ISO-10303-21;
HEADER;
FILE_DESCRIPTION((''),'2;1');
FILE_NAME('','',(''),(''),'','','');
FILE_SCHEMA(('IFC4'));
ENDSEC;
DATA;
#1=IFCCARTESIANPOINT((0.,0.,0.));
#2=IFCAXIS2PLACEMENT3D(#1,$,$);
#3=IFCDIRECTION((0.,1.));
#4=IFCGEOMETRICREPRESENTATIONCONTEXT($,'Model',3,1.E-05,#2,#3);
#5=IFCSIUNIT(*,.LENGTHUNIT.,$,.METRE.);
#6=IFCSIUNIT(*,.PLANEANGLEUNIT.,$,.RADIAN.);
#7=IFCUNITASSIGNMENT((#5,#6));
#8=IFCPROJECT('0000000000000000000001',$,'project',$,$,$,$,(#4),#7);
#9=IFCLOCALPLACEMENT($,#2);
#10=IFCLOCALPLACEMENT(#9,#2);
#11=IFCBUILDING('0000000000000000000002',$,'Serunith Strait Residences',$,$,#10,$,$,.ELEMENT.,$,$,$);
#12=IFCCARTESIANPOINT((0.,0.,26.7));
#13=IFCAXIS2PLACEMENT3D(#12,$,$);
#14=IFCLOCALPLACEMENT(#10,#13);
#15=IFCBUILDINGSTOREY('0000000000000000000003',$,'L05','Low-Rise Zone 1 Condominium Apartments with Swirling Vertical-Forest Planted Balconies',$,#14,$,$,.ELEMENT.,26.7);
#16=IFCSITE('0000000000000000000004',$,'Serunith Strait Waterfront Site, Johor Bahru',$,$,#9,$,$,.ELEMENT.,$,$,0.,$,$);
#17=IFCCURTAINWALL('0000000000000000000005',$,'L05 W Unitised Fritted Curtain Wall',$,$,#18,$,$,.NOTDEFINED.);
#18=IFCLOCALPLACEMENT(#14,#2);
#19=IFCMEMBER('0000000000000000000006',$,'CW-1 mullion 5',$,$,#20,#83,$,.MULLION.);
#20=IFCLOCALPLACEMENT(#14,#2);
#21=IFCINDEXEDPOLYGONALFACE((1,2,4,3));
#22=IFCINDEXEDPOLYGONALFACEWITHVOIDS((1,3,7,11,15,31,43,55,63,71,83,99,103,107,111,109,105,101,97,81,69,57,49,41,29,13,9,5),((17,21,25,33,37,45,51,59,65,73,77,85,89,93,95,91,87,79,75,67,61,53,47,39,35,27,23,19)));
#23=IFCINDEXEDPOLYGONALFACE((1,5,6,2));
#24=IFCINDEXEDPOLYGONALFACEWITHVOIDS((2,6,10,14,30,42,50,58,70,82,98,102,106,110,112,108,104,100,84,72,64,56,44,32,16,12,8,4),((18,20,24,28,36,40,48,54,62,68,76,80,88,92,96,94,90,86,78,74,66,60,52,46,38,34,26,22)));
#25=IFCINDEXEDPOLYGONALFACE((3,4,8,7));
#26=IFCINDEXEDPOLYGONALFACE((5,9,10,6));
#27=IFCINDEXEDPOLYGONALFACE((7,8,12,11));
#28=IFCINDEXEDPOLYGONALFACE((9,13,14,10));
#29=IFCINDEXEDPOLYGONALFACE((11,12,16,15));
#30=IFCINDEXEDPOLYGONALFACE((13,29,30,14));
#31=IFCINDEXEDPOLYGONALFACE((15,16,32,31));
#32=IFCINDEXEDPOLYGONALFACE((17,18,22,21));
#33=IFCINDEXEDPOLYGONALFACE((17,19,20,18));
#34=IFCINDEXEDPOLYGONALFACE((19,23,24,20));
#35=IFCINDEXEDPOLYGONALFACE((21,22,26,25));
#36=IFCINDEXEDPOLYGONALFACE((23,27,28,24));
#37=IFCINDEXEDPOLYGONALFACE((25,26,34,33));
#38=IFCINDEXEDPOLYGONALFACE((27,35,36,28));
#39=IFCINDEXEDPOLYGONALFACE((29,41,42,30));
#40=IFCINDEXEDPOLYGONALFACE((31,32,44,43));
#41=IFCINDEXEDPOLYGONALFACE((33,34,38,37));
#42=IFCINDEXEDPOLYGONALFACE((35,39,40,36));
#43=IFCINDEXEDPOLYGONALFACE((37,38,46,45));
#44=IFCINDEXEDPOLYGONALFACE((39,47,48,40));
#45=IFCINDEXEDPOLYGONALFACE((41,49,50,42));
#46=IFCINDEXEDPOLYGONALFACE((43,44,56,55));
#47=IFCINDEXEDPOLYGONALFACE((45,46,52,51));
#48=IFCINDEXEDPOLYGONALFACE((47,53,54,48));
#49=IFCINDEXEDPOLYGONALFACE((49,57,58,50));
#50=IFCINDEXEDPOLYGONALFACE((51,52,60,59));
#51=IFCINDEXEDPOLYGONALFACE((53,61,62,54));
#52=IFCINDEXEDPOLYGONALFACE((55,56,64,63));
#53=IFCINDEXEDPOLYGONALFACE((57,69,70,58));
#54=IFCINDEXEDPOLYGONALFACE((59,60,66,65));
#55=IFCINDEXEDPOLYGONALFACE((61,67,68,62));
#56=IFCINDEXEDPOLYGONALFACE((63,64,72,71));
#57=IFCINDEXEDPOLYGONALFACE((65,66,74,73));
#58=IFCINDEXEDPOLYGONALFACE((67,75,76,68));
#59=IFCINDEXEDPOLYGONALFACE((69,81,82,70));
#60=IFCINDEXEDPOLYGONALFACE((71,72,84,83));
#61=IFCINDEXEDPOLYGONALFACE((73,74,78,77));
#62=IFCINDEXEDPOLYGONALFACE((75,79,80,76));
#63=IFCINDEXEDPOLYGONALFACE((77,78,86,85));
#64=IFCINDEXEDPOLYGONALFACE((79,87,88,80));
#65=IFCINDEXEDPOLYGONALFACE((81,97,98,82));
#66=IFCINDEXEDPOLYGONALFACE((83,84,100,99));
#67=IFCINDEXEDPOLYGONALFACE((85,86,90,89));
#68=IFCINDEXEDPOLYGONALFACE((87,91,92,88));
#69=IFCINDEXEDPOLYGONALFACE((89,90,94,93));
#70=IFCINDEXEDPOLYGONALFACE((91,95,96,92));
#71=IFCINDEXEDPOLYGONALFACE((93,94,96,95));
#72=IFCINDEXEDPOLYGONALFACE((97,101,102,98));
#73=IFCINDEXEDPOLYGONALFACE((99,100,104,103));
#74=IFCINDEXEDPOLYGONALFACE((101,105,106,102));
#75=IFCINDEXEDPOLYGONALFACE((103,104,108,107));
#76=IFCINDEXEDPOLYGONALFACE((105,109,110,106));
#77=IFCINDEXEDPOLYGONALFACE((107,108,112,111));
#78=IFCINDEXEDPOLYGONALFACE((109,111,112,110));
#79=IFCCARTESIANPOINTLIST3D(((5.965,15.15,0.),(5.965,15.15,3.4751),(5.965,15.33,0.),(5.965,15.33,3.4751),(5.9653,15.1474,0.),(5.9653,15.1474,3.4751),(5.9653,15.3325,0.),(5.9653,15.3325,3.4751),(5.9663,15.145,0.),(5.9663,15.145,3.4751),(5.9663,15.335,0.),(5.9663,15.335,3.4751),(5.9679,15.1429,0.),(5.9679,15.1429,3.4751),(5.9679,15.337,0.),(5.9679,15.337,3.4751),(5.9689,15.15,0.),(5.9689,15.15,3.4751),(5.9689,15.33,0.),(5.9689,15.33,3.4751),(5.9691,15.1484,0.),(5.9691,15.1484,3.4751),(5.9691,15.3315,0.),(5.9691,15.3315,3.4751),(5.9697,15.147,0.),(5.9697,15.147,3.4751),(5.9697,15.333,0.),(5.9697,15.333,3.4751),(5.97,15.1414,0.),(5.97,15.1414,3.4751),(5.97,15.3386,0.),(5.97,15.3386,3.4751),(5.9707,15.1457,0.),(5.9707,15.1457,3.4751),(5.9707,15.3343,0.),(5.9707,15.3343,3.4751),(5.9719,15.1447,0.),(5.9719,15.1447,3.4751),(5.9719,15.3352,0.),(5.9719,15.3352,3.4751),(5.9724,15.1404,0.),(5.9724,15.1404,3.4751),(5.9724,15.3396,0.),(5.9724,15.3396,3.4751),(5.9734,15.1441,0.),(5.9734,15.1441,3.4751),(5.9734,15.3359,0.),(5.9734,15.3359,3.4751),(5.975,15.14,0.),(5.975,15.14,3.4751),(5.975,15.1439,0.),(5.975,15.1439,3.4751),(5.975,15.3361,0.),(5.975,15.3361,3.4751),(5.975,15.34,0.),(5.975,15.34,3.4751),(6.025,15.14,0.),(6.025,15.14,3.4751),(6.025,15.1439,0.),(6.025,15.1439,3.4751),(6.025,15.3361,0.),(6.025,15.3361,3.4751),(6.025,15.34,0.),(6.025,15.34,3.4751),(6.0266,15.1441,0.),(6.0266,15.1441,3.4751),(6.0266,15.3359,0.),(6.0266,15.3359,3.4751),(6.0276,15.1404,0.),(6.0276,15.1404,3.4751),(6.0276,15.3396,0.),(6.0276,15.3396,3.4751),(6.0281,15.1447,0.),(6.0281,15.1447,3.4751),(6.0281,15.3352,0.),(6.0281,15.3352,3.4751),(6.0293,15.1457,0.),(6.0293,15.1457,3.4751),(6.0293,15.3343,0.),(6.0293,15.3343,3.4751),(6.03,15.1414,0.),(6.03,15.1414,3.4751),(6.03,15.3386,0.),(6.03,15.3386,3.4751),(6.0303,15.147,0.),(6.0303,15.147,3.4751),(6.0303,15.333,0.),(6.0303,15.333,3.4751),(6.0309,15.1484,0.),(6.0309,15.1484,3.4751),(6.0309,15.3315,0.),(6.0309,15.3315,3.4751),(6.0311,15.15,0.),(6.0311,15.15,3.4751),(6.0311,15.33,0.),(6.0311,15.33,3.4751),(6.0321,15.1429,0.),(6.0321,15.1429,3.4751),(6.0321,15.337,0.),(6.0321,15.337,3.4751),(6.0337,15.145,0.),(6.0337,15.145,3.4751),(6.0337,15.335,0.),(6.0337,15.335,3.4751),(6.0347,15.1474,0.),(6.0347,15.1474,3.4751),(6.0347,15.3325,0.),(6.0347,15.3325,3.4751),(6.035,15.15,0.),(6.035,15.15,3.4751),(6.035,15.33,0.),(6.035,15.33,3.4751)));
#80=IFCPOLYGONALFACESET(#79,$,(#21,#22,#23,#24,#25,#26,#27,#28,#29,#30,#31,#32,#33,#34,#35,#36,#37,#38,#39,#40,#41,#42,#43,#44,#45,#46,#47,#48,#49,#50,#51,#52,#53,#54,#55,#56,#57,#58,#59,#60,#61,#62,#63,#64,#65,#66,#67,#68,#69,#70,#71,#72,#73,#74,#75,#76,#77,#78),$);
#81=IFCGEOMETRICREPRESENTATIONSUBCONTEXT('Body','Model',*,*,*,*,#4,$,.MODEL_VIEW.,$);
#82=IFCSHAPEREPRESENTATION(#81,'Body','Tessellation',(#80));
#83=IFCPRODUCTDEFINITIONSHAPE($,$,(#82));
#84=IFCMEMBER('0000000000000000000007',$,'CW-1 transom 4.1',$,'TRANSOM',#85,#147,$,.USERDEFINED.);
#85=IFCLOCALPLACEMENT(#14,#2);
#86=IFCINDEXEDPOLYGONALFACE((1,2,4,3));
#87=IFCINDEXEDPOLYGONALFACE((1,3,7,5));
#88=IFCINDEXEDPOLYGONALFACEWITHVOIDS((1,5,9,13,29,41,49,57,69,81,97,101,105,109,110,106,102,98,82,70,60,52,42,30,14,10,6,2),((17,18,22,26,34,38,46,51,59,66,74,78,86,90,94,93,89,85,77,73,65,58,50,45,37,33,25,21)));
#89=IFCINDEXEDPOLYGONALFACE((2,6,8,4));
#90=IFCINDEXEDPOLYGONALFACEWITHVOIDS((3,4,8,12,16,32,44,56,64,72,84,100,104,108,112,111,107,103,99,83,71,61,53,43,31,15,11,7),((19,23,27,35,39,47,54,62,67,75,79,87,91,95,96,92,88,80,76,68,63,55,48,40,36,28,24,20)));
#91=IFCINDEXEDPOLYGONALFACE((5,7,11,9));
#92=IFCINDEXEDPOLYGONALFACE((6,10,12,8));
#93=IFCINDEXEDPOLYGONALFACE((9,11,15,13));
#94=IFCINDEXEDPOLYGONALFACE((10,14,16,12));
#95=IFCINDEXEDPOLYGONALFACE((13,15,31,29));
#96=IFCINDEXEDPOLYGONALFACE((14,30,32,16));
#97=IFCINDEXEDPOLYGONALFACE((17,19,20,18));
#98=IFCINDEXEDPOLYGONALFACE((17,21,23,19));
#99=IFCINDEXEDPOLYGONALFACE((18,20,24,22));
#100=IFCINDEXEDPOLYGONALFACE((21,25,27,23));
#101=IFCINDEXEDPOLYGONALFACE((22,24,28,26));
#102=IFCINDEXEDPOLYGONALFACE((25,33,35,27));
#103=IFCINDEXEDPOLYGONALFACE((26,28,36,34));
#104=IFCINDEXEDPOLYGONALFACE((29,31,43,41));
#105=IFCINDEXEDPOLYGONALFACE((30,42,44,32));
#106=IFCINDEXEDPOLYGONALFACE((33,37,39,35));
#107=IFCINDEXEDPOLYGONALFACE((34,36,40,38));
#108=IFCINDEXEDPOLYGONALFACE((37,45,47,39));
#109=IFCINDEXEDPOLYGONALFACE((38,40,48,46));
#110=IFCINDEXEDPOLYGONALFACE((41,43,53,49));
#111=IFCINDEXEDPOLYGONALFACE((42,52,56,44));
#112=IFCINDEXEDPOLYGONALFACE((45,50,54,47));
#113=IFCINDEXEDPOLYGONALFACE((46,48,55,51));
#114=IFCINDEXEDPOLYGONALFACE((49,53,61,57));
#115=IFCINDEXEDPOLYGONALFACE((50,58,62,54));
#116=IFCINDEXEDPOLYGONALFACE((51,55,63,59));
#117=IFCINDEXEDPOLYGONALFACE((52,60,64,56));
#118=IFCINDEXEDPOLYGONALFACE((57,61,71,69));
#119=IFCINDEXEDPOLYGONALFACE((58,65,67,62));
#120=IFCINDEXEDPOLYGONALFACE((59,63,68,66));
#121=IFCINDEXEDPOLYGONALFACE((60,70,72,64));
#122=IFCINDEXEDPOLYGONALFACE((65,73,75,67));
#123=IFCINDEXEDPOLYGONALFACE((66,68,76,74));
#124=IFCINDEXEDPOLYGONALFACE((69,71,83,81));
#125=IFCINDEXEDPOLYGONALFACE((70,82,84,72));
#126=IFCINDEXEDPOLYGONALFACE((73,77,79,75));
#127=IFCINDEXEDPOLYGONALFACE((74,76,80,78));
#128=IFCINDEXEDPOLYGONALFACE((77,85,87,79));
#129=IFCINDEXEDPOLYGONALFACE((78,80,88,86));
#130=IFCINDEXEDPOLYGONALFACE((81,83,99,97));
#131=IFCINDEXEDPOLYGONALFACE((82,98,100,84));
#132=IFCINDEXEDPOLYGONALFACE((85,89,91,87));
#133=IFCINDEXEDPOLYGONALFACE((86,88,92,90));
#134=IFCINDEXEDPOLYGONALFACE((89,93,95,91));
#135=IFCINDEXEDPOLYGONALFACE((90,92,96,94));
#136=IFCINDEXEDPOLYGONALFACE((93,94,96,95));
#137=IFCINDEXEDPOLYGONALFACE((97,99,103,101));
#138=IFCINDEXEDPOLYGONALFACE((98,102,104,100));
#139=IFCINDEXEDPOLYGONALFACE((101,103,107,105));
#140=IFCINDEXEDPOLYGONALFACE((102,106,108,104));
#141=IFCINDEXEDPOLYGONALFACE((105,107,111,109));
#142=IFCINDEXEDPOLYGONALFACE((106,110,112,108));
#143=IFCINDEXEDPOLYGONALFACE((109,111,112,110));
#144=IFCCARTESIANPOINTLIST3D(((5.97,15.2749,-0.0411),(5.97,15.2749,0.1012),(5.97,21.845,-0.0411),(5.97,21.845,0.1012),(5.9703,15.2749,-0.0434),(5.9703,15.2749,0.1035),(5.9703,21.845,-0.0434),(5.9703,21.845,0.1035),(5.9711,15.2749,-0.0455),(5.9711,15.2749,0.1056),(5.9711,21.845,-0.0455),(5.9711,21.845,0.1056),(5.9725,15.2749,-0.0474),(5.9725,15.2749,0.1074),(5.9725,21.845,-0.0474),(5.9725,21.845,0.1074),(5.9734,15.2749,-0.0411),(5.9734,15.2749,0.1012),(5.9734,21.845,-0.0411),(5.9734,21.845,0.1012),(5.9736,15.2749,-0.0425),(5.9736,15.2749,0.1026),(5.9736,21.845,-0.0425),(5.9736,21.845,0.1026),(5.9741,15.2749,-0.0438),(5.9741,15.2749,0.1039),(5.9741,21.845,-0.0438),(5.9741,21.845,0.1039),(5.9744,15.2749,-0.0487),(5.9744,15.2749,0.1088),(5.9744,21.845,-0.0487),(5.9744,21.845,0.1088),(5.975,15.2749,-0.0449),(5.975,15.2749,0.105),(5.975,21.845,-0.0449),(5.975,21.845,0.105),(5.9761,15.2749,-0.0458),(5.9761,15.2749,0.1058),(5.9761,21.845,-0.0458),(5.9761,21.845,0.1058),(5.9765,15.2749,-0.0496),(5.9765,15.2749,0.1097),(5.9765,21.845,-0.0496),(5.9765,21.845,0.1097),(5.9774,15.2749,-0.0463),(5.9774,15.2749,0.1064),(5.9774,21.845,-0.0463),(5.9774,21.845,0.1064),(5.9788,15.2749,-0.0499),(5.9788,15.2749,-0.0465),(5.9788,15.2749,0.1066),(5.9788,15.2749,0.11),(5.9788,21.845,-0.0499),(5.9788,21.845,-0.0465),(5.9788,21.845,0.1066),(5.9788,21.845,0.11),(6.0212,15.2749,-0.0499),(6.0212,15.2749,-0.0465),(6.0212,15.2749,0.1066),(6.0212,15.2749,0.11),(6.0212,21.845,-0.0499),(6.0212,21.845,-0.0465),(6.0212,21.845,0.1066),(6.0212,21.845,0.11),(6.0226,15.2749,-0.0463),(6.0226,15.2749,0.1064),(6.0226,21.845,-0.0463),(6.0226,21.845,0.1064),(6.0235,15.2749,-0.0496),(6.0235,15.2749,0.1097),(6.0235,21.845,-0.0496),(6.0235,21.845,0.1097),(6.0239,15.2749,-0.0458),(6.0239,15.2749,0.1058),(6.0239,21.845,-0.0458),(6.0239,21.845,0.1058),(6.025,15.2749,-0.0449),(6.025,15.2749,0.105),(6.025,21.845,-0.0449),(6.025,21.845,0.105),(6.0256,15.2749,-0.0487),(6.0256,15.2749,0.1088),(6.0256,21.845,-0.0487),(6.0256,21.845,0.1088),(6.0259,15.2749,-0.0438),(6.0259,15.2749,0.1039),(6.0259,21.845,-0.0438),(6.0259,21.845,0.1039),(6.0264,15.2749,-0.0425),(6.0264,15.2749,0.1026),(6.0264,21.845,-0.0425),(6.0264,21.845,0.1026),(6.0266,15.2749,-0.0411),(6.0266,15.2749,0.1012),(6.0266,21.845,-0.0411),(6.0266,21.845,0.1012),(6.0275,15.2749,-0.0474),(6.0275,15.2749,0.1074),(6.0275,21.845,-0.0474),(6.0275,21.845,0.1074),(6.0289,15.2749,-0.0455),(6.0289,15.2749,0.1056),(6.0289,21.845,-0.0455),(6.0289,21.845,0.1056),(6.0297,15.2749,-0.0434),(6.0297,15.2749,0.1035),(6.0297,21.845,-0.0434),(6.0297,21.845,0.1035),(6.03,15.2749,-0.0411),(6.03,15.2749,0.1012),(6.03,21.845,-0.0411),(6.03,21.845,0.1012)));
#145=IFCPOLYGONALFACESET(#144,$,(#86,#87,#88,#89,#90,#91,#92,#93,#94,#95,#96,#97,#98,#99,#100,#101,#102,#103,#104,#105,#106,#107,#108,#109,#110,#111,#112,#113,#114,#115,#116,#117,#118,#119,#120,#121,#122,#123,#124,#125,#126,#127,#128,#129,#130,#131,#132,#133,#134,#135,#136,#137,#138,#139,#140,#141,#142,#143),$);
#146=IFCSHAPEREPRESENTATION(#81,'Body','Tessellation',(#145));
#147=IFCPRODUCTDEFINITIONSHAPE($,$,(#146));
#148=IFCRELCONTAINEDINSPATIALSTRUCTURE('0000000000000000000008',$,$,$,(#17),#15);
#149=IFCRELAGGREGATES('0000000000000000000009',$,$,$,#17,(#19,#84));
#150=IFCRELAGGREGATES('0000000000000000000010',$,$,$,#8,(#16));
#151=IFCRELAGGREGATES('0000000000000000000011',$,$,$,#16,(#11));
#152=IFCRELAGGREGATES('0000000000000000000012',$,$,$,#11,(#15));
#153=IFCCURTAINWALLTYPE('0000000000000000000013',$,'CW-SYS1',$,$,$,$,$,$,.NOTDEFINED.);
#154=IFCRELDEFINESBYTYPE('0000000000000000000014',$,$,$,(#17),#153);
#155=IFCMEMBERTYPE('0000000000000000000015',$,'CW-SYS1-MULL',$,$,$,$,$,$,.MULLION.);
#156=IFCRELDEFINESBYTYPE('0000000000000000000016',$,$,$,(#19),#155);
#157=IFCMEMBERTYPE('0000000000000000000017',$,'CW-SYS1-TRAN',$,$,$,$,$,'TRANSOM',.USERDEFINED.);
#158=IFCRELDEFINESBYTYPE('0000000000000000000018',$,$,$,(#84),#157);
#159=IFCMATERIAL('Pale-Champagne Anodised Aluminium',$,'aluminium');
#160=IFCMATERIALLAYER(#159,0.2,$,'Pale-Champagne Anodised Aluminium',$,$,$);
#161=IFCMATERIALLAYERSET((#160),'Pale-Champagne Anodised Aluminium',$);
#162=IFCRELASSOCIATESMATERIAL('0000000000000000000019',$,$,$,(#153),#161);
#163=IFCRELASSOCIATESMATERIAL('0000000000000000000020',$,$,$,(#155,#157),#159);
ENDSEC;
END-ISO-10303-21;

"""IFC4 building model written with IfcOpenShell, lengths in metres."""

from ifc_helpers import new_model, si_unit, direction, frame, origin, origin_2d, place, context, subcontext, project, spatial, hollow_rectangle, extrude, source, transform, mapped, material, layer, layer_set, material_profile, profile_set, type_object, element, aggregate, save


model = new_model("IFC4")

# Units and contexts
model_context = context("Model", 3, precision=1e-05, world=origin(), true_north=direction((0.0, 1.0)))
body_context = subcontext(model_context, "Body", "Model", "MODEL_VIEW")
ifc_project = project(units=[si_unit("LENGTHUNIT", "METRE"), si_unit("PLANEANGLEUNIT", "RADIAN")], contexts=[model_context])

# Site, building, storey
site_placement = place(None, origin())
site = spatial("IfcSite", under=ifc_project, at=site_placement, Name="Serunith Strait Waterfront Site, Johor Bahru", CompositionType="ELEMENT", RefElevation=0.0)
building_placement = place(site_placement, origin())
building = spatial("IfcBuilding", under=site, at=building_placement, Name="Serunith Strait Residences", CompositionType="ELEMENT")
storey_placement = place(building_placement, frame((0.0, 0.0, 26.7)))
storey = spatial("IfcBuildingStorey", under=building, at=storey_placement, Name="L05", Description="Low-Rise Zone 1 Condominium Apartments with Swirling Vertical-Forest Planted Balconies", CompositionType="ELEMENT", Elevation=26.7)

# Curtain wall, members
ifc_material_1 = material(Name="Pale-Champagne Anodised Aluminium", Category="aluminium")
ifc_layer_1 = layer(ifc_material_1, 0.2, Name="Pale-Champagne Anodised Aluminium")
ifc_layer_set_1 = layer_set([ifc_layer_1], Name="Pale-Champagne Anodised Aluminium")
curtain_wall_type = type_object("IfcCurtainWallType", Name="CW-SYS1", PredefinedType="NOTDEFINED", material=ifc_layer_set_1)
curtain_wall_placement = place(storey_placement, origin())
curtain_wall = element("IfcCurtainWall", 1, at=curtain_wall_placement, inside=storey, type_object=curtain_wall_type, Name="L05 W Unitised Fritted Curtain Wall", PredefinedType="NOTDEFINED")
ifc_material_profile_1 = material_profile(ifc_material_1, hollow_rectangle(XDim=0.0701, YDim=0.2, WallThickness=0.0039, InnerFilletRadius=0.0061, OuterFilletRadius=0.01, at=origin_2d()), Name="ALU 200x70x4")
ifc_profile_set_1 = profile_set([ifc_material_profile_1], Name="Pale-Champagne Anodised Aluminium")
member_type_1 = type_object("IfcMemberType", Name="CW-SYS1-MULL", PredefinedType="MULLION", material=ifc_profile_set_1)
shared_shape_1 = source(origin(), body_context, "Body", "SweptSolid", [
    extrude(hollow_rectangle(XDim=0.0701, YDim=0.2, WallThickness=0.0039, InnerFilletRadius=0.0061, OuterFilletRadius=0.01, at=origin_2d()), origin(), (0.0, 0.0, 1.0), 3.4751),
])
member_1_placement = place(storey_placement, frame((6.0, 15.24, 0.0), z_axis=(0.0, 0.0, 1.0), x_axis=(1.0, 0.0, 0.0)))
member_1 = element("IfcMember", 2, at=member_1_placement, type_object=member_type_1, Name="CW-1 mullion 5", PredefinedType="MULLION", context=body_context, shape_type="MappedRepresentation", body=[
    mapped(shared_shape_1, transform((0.0, 0.0, 0.0), scale=1.0)),
])
ifc_material_profile_2 = material_profile(ifc_material_1, hollow_rectangle(XDim=0.0601, YDim=0.1599, WallThickness=0.0034, InnerFilletRadius=0.0054, OuterFilletRadius=0.0088, at=origin_2d()), Name="ALU 160x60x3.5")
ifc_profile_set_2 = profile_set([ifc_material_profile_2], Name="Pale-Champagne Anodised Aluminium")
member_type_2 = type_object("IfcMemberType", Name="CW-SYS1-TRAN", ElementType="TRANSOM", PredefinedType="USERDEFINED", material=ifc_profile_set_2)
shared_shape_2 = source(origin(), body_context, "Body", "SweptSolid", [
    extrude(hollow_rectangle(XDim=0.0601, YDim=0.1599, WallThickness=0.0034, InnerFilletRadius=0.0054, OuterFilletRadius=0.0088, at=origin_2d()), origin(), (0.0, 0.0, 1.0), 6.5701),
])
member_2_placement = place(storey_placement, frame((6.0, 21.845, 0.03), z_axis=(0.0, -1.0, 0.0), x_axis=(1.0, 0.0, 0.0)))
member_2 = element("IfcMember", 3, at=member_2_placement, type_object=member_type_2, Name="CW-1 transom 4.1", ObjectType="TRANSOM", PredefinedType="USERDEFINED", context=body_context, shape_type="MappedRepresentation", body=[
    mapped(shared_shape_2, transform((0.0, 0.0, 0.0), scale=1.0)),
])
aggregate(curtain_wall, [member_1, member_2])

save(model, "model.ifc")
